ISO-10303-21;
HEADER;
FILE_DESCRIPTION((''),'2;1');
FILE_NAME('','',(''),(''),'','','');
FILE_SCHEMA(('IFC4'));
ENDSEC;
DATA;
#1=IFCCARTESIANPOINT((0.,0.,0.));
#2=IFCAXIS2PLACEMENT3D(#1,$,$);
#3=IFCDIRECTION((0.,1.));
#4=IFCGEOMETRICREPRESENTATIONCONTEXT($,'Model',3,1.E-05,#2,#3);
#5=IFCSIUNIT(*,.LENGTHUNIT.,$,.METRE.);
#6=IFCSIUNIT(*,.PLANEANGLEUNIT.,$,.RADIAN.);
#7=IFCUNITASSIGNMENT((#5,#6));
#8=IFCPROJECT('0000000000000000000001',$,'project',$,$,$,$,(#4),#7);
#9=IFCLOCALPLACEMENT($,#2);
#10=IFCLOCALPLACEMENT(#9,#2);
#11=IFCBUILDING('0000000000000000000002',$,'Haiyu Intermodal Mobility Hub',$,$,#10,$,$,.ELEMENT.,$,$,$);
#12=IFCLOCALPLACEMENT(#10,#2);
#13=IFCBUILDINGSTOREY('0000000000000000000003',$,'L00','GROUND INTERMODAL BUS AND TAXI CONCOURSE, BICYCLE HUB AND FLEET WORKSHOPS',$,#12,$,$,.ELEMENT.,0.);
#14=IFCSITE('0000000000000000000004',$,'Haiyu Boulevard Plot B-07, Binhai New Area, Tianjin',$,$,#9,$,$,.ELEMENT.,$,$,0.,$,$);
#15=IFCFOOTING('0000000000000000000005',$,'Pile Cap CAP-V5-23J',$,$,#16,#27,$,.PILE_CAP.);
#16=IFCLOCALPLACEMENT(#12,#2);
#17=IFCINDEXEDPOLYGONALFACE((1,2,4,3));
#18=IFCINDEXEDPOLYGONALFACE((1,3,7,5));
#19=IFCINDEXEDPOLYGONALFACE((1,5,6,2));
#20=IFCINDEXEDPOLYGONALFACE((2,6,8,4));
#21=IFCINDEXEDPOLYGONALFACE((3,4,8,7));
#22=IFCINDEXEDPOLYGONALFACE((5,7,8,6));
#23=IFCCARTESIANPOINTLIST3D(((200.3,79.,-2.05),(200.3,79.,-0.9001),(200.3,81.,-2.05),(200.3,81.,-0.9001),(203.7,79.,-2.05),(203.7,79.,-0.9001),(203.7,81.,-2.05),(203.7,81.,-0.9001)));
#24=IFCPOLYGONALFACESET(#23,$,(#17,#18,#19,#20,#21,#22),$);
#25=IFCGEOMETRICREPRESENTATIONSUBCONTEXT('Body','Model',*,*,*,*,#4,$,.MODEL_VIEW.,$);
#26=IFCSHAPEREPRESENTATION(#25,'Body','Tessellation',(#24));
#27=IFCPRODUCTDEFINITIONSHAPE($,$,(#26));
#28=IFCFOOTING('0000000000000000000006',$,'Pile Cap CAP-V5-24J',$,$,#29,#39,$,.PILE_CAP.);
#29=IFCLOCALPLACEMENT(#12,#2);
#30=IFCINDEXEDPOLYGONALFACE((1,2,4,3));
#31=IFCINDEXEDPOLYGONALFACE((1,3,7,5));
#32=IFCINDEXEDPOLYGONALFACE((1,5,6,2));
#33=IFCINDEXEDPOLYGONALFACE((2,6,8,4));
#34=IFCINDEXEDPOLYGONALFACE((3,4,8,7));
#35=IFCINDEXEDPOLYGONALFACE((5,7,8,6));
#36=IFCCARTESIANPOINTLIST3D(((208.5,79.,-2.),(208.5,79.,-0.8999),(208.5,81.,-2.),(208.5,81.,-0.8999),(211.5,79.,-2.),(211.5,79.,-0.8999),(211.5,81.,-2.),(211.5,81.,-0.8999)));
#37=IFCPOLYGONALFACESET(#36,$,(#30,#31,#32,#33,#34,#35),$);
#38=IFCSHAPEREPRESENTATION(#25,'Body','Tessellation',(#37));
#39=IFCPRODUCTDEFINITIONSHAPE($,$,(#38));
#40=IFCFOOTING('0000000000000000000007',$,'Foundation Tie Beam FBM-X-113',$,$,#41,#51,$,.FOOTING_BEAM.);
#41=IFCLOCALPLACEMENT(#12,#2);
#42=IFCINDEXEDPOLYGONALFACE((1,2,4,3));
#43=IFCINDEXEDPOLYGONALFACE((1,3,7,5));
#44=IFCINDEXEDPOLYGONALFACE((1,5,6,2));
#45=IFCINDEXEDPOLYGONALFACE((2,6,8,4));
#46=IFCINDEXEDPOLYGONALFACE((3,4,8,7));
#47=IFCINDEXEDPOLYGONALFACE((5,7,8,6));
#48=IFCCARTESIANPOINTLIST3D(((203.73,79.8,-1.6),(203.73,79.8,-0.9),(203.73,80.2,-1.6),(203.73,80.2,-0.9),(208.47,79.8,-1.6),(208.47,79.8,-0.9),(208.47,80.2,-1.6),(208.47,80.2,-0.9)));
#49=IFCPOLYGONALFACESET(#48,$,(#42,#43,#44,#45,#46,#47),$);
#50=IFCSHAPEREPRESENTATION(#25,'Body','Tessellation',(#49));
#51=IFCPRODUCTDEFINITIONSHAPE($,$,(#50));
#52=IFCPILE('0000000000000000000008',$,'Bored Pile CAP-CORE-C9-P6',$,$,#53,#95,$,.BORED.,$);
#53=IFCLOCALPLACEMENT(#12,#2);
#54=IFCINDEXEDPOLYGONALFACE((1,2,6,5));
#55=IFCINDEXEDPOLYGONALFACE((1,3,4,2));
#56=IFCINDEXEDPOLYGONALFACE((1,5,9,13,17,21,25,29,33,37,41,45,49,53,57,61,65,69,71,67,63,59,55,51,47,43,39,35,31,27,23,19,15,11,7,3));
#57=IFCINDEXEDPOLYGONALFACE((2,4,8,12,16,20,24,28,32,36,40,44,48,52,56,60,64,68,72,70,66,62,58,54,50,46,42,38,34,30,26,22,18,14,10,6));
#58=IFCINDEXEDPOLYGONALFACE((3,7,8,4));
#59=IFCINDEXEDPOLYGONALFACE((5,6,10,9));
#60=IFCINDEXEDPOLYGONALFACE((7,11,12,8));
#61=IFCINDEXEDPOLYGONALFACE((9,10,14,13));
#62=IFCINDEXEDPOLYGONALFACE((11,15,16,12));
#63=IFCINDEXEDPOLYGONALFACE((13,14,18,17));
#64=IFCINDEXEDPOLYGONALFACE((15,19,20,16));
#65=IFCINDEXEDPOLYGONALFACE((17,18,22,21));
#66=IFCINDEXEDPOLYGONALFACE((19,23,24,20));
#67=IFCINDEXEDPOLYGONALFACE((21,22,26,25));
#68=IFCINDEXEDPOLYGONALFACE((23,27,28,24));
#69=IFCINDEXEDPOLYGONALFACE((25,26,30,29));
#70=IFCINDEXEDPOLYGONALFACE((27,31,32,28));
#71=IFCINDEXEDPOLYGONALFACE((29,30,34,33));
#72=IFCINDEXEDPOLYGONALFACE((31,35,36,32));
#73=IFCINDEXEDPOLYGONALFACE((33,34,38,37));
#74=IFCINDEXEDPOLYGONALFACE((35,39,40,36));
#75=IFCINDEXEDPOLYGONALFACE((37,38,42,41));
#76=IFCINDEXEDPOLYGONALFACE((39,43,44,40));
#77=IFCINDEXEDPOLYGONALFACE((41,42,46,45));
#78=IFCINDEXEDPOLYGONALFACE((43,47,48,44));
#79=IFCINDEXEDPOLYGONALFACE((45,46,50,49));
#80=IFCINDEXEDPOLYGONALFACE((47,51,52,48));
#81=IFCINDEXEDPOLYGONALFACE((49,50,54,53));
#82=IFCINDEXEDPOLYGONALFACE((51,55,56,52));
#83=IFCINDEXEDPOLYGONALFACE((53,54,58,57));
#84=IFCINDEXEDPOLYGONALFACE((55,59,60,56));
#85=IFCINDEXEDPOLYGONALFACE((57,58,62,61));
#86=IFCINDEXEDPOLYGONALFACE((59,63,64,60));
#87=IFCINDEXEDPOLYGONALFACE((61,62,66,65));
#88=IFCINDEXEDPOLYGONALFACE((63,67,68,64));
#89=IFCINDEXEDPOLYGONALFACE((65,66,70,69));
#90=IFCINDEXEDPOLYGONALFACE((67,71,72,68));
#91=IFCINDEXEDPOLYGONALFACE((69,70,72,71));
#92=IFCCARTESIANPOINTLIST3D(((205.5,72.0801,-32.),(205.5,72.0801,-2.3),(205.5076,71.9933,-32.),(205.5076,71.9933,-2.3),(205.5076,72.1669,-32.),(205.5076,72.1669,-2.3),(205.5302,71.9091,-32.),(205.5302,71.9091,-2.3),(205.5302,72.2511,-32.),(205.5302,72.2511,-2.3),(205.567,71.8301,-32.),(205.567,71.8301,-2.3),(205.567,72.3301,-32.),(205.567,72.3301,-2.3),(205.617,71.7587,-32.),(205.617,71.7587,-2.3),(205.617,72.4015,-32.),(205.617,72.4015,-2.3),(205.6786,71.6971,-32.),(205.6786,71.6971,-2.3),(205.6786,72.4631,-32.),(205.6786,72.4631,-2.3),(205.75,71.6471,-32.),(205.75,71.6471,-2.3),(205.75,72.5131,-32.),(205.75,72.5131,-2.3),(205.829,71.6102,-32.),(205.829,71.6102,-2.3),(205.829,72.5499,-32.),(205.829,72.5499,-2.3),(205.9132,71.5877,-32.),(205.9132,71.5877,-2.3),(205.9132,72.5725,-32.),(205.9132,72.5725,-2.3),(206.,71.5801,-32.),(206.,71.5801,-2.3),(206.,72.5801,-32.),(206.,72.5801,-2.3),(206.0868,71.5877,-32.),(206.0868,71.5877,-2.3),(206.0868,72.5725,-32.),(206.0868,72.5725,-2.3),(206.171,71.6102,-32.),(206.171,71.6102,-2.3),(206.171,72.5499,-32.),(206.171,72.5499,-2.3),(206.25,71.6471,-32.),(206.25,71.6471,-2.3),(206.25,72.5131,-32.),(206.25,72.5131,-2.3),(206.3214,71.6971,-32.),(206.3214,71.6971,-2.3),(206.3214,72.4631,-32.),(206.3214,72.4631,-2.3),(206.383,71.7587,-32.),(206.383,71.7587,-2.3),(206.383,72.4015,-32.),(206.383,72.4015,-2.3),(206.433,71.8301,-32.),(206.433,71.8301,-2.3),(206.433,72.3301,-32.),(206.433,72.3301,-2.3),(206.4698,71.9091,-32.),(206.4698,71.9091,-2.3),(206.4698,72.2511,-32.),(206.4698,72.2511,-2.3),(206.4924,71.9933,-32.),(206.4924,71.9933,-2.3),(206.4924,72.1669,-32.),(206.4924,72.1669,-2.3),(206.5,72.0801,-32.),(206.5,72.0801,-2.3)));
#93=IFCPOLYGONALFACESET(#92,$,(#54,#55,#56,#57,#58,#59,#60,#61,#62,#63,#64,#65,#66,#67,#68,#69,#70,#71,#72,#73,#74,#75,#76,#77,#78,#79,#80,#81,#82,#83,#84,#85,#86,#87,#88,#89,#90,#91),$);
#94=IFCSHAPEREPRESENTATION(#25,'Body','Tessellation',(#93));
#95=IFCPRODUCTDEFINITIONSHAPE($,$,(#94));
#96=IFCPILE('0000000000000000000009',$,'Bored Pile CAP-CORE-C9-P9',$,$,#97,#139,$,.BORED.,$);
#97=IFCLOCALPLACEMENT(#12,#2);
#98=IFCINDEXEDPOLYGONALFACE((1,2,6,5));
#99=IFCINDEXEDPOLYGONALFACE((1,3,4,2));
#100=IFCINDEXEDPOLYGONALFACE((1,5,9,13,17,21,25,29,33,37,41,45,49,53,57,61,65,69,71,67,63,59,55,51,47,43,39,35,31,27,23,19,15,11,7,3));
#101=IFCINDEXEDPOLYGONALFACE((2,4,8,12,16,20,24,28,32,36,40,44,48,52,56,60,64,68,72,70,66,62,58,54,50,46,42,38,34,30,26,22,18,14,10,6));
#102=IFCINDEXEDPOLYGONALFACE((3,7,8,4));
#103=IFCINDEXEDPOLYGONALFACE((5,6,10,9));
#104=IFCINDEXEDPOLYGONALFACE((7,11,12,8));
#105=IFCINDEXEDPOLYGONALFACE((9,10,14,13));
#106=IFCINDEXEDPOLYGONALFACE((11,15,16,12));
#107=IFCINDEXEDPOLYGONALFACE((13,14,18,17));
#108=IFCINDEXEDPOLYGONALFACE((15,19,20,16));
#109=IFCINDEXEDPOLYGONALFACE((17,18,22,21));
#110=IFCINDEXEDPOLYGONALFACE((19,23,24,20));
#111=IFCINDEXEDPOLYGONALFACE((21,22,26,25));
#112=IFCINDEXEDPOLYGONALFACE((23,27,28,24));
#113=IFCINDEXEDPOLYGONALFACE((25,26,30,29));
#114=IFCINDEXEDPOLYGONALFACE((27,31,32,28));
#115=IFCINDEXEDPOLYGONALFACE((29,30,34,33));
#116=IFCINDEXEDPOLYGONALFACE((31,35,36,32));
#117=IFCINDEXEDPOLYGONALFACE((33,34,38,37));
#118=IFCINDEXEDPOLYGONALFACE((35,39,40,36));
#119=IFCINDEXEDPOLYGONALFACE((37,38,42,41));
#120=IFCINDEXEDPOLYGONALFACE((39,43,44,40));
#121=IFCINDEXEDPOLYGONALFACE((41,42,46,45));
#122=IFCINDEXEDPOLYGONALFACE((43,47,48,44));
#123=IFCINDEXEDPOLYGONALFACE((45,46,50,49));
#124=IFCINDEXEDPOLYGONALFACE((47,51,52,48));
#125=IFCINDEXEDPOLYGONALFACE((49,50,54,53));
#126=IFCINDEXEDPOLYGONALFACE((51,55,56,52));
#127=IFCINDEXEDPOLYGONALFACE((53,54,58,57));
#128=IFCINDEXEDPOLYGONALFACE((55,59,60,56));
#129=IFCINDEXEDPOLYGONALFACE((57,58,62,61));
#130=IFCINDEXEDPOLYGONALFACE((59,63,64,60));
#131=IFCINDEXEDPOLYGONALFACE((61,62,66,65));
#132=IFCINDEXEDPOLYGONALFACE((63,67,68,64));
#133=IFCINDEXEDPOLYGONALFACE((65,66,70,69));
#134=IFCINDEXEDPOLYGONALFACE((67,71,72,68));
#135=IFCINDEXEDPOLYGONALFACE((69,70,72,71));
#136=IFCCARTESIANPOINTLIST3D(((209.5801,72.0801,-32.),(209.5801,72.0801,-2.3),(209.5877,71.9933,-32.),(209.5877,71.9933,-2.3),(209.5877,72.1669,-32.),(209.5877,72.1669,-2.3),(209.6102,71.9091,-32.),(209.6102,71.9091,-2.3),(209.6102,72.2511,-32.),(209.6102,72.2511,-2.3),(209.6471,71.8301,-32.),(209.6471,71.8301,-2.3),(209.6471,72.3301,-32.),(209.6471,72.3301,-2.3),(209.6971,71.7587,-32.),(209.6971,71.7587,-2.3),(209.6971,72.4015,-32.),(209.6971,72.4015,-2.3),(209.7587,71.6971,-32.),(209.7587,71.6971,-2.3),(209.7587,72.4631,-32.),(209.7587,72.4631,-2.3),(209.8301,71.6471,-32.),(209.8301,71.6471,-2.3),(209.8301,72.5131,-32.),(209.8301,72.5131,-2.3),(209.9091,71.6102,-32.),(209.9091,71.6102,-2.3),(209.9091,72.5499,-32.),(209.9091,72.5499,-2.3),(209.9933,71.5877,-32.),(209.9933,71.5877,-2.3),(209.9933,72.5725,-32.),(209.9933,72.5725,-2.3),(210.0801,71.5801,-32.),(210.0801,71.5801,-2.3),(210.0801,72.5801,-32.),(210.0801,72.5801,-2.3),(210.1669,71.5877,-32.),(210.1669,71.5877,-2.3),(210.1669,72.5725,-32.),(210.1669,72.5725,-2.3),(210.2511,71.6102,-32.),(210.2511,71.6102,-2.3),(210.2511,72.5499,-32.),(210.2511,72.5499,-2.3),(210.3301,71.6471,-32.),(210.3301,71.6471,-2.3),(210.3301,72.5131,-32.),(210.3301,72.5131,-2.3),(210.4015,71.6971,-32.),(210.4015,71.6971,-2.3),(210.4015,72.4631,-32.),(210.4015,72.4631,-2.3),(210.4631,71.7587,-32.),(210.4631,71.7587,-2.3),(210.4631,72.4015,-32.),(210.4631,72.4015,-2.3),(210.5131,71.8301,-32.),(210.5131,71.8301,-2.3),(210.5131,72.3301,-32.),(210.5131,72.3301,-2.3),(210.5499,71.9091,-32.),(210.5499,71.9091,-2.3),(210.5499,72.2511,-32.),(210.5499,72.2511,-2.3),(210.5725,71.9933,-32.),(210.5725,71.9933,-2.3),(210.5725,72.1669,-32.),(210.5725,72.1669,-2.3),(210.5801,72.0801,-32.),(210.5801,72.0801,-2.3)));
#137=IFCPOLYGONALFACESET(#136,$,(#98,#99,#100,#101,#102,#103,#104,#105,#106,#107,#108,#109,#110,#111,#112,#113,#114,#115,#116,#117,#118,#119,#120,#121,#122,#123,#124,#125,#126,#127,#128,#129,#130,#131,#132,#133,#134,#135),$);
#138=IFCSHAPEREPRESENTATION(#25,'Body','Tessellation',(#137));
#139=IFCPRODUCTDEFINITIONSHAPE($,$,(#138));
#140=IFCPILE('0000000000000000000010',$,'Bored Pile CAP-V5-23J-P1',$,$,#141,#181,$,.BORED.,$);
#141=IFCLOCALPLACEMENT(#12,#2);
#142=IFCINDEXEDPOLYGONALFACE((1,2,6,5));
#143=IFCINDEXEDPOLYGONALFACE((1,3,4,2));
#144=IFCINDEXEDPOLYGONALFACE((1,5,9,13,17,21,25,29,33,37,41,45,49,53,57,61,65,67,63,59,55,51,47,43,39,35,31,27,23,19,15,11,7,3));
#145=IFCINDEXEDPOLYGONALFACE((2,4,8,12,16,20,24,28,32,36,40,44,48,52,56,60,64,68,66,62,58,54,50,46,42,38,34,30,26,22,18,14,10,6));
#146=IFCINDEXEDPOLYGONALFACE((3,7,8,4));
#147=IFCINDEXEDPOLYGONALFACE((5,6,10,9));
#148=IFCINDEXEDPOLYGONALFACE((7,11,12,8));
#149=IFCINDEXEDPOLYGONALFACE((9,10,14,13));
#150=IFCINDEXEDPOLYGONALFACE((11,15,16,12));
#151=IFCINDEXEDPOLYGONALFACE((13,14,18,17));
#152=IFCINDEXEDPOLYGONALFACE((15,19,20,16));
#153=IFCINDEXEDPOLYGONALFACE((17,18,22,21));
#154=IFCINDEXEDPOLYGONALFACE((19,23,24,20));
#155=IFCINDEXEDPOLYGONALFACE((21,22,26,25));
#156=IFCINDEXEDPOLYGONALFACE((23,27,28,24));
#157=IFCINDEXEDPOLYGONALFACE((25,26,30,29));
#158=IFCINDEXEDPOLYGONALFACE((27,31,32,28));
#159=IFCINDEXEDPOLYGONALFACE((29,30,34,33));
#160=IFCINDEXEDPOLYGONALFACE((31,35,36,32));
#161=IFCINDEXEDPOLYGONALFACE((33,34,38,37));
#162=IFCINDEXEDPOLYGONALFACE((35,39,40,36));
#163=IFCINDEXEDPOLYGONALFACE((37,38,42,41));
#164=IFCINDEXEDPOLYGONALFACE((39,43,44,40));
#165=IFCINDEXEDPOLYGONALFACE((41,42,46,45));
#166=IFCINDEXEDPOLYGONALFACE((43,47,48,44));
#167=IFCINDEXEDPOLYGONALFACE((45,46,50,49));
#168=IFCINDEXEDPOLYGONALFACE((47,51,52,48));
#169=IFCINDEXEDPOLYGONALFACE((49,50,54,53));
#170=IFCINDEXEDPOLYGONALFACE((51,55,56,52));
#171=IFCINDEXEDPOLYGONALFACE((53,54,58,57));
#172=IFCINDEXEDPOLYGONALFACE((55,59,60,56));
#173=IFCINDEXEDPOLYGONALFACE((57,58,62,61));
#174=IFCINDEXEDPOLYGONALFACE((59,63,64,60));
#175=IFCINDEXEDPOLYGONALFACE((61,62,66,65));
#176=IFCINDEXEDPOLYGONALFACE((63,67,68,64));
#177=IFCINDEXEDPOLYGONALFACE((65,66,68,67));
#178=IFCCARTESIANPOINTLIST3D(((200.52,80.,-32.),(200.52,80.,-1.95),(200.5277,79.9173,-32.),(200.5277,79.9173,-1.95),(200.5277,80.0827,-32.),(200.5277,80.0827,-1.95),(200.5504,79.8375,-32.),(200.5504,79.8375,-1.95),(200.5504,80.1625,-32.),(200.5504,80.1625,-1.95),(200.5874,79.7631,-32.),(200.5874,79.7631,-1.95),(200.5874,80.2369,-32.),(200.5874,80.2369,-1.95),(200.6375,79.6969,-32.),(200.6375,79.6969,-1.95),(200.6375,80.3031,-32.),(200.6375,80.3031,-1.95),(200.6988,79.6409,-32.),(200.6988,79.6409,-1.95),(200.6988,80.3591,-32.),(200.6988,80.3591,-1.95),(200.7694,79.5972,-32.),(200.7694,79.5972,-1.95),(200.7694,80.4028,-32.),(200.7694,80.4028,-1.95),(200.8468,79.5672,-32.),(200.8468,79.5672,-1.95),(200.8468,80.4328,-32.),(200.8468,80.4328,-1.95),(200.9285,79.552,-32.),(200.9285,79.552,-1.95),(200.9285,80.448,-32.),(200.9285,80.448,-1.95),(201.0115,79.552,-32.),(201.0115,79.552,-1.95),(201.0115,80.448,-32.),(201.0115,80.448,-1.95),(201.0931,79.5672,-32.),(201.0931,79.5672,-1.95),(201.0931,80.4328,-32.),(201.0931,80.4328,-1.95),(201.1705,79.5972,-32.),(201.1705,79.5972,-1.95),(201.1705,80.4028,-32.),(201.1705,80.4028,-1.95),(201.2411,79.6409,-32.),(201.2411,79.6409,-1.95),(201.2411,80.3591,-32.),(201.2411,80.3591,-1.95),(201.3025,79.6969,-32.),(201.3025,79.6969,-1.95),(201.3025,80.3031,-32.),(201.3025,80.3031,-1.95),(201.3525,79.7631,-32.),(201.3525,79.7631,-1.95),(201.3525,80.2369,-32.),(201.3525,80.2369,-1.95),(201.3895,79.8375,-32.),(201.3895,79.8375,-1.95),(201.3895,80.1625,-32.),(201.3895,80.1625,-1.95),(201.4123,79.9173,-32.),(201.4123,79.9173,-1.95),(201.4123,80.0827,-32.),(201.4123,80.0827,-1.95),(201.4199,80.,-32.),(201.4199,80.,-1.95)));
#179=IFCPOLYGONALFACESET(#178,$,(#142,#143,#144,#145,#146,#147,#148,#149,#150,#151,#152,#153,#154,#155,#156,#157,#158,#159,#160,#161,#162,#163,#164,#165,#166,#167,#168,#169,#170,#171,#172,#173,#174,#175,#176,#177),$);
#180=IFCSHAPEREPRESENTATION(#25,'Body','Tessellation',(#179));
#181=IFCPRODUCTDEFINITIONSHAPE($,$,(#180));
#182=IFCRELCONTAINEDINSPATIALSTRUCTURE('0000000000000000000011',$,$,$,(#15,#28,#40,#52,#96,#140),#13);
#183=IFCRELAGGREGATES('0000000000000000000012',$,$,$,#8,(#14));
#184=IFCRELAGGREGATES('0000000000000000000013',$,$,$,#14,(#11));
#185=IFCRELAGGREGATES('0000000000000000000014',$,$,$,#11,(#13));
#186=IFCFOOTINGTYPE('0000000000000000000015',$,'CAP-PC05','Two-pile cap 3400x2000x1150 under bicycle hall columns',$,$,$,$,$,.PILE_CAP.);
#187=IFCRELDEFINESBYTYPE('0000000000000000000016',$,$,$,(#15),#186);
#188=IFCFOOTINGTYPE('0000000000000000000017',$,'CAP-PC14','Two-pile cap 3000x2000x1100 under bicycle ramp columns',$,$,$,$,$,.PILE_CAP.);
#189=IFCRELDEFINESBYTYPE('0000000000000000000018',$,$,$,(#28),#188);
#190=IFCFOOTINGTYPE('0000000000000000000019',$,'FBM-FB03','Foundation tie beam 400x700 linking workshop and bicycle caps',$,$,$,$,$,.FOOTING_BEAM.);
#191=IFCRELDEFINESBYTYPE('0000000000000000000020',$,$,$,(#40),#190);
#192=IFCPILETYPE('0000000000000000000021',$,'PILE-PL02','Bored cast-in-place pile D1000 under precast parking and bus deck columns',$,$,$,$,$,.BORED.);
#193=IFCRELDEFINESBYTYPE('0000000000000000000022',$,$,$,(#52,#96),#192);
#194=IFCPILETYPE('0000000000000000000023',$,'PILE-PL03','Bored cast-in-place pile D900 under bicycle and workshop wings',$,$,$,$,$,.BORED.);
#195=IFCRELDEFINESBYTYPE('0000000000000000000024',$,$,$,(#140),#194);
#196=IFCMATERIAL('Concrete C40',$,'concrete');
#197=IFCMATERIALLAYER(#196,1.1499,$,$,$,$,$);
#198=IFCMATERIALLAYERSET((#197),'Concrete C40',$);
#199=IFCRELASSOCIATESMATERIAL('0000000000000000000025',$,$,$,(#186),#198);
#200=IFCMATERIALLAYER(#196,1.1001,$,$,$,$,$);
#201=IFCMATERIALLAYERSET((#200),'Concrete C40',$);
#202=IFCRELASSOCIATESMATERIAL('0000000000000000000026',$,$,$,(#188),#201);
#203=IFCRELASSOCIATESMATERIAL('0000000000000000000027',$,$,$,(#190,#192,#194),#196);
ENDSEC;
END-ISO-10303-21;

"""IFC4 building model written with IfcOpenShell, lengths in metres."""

from ifc_helpers import new_model, si_unit, direction, frame, origin, origin_2d, place, context, subcontext, project, spatial, rectangle, circle, extrude, material, layer, layer_set, material_profile, profile_set, type_object, element, save


model = new_model("IFC4")

# Units and contexts
model_context = context("Model", 3, precision=1e-05, world=origin(), true_north=direction((0.0, 1.0)))
body_context = subcontext(model_context, "Body", "Model", "MODEL_VIEW")
ifc_project = project(units=[si_unit("LENGTHUNIT", "METRE"), si_unit("PLANEANGLEUNIT", "RADIAN")], contexts=[model_context])

# Site, building, storey
site_placement = place(None, origin())
site = spatial("IfcSite", under=ifc_project, at=site_placement, Name="Haiyu Boulevard Plot B-07, Binhai New Area, Tianjin", CompositionType="ELEMENT", RefElevation=0.0)
building_placement = place(site_placement, origin())
building = spatial("IfcBuilding", under=site, at=building_placement, Name="Haiyu Intermodal Mobility Hub", CompositionType="ELEMENT")
storey_placement = place(building_placement, origin())
storey = spatial("IfcBuildingStorey", under=building, at=storey_placement, Name="L00", Description="GROUND INTERMODAL BUS AND TAXI CONCOURSE, BICYCLE HUB AND FLEET WORKSHOPS", CompositionType="ELEMENT", Elevation=0.0)

# Footings
ifc_material_1 = material(Name="Concrete C40", Category="concrete")
ifc_layer_1 = layer(ifc_material_1, 1.1499)
ifc_layer_set_1 = layer_set([ifc_layer_1], Name="Concrete C40")
footing_type_1 = type_object("IfcFootingType", Name="CAP-PC05", Description="Two-pile cap 3400x2000x1150 under bicycle hall columns", PredefinedType="PILE_CAP", material=ifc_layer_set_1)
footing_1_placement = place(storey_placement, frame((202.0, 80.0, -2.05), z_axis=(0.0, 0.0, 1.0), x_axis=(1.0, 0.0, 0.0)))
element("IfcFooting", 1, at=footing_1_placement, inside=storey, type_object=footing_type_1, Name="Pile Cap CAP-V5-23J", PredefinedType="PILE_CAP", context=body_context, shape_type="SweptSolid", body=[
    extrude(rectangle(XDim=3.3999, YDim=2.0, at=origin_2d()), origin(), (0.0, 0.0, 1.0), 1.1499),
])
ifc_layer_2 = layer(ifc_material_1, 1.1001)
ifc_layer_set_2 = layer_set([ifc_layer_2], Name="Concrete C40")
footing_type_2 = type_object("IfcFootingType", Name="CAP-PC14", Description="Two-pile cap 3000x2000x1100 under bicycle ramp columns", PredefinedType="PILE_CAP", material=ifc_layer_set_2)
footing_2_placement = place(storey_placement, frame((210.0, 80.0, -2.0), z_axis=(0.0, 0.0, 1.0), x_axis=(1.0, 0.0, 0.0)))
element("IfcFooting", 2, at=footing_2_placement, inside=storey, type_object=footing_type_2, Name="Pile Cap CAP-V5-24J", PredefinedType="PILE_CAP", context=body_context, shape_type="SweptSolid", body=[
    extrude(rectangle(XDim=3.0, YDim=2.0, at=origin_2d()), origin(), (0.0, 0.0, 1.0), 1.1001),
])
ifc_material_profile_1 = material_profile(ifc_material_1, rectangle(XDim=0.3999, YDim=0.7, at=origin_2d()), Name="FB400x700")
ifc_profile_set_1 = profile_set([ifc_material_profile_1], Name="Concrete C40")
footing_type_3 = type_object("IfcFootingType", Name="FBM-FB03", Description="Foundation tie beam 400x700 linking workshop and bicycle caps", PredefinedType="FOOTING_BEAM", material=ifc_profile_set_1)
footing_3_placement = place(storey_placement, frame((203.73, 80.0, -1.25), z_axis=(1.0, 0.0, 0.0), x_axis=(0.0, 1.0, 0.0)))
element("IfcFooting", 3, at=footing_3_placement, inside=storey, type_object=footing_type_3, Name="Foundation Tie Beam FBM-X-113", PredefinedType="FOOTING_BEAM", context=body_context, shape_type="SweptSolid", body=[
    extrude(rectangle(XDim=0.3999, YDim=0.7, at=origin_2d()), origin(), (0.0, 0.0, 1.0), 4.74),
])

# Piles
ifc_material_profile_2 = material_profile(ifc_material_1, circle(Radius=0.5, at=origin_2d()), Name="PILE-D1000")
ifc_profile_set_2 = profile_set([ifc_material_profile_2], Name="Concrete C40")
pile_type_1 = type_object("IfcPileType", Name="PILE-PL02", Description="Bored cast-in-place pile D1000 under precast parking and bus deck columns", PredefinedType="BORED", material=ifc_profile_set_2)
for number, where, z_axis, x_axis, name in (
    (4, (206.0, 72.0801, -2.3), (0.0, 0.0, -1.0), (1.0, 0.0, 0.0), "Bored Pile CAP-CORE-C9-P6"),
    (5, (210.0801, 72.0801, -2.3), (0.0, 0.0, -1.0), (1.0, 0.0, 0.0), "Bored Pile CAP-CORE-C9-P9"),
):
    element("IfcPile", number, at=place(storey_placement, frame(where, z_axis=z_axis, x_axis=x_axis)), inside=storey, type_object=pile_type_1, Name=name, PredefinedType="BORED", context=body_context, shape_type="SweptSolid", body=[
        extrude(circle(Radius=0.5, at=origin_2d()), origin(), (0.0, 0.0, 1.0), 29.7),
    ])
ifc_material_profile_3 = material_profile(ifc_material_1, circle(Radius=0.45, at=origin_2d()), Name="PILE-D900")
ifc_profile_set_3 = profile_set([ifc_material_profile_3], Name="Concrete C40")
pile_type_2 = type_object("IfcPileType", Name="PILE-PL03", Description="Bored cast-in-place pile D900 under bicycle and workshop wings", PredefinedType="BORED", material=ifc_profile_set_3)
for number, where, z_axis, x_axis, name in (
    (6, (200.97, 80.0, -1.95), (0.0, 0.0, -1.0), (1.0, 0.0, 0.0), "Bored Pile CAP-V5-23J-P1"),
):
    element("IfcPile", number, at=place(storey_placement, frame(where, z_axis=z_axis, x_axis=x_axis)), inside=storey, type_object=pile_type_2, Name=name, PredefinedType="BORED", context=body_context, shape_type="SweptSolid", body=[
        extrude(circle(Radius=0.45, at=origin_2d()), origin(), (0.0, 0.0, 1.0), 30.05),
    ])

save(model, "model.ifc")
